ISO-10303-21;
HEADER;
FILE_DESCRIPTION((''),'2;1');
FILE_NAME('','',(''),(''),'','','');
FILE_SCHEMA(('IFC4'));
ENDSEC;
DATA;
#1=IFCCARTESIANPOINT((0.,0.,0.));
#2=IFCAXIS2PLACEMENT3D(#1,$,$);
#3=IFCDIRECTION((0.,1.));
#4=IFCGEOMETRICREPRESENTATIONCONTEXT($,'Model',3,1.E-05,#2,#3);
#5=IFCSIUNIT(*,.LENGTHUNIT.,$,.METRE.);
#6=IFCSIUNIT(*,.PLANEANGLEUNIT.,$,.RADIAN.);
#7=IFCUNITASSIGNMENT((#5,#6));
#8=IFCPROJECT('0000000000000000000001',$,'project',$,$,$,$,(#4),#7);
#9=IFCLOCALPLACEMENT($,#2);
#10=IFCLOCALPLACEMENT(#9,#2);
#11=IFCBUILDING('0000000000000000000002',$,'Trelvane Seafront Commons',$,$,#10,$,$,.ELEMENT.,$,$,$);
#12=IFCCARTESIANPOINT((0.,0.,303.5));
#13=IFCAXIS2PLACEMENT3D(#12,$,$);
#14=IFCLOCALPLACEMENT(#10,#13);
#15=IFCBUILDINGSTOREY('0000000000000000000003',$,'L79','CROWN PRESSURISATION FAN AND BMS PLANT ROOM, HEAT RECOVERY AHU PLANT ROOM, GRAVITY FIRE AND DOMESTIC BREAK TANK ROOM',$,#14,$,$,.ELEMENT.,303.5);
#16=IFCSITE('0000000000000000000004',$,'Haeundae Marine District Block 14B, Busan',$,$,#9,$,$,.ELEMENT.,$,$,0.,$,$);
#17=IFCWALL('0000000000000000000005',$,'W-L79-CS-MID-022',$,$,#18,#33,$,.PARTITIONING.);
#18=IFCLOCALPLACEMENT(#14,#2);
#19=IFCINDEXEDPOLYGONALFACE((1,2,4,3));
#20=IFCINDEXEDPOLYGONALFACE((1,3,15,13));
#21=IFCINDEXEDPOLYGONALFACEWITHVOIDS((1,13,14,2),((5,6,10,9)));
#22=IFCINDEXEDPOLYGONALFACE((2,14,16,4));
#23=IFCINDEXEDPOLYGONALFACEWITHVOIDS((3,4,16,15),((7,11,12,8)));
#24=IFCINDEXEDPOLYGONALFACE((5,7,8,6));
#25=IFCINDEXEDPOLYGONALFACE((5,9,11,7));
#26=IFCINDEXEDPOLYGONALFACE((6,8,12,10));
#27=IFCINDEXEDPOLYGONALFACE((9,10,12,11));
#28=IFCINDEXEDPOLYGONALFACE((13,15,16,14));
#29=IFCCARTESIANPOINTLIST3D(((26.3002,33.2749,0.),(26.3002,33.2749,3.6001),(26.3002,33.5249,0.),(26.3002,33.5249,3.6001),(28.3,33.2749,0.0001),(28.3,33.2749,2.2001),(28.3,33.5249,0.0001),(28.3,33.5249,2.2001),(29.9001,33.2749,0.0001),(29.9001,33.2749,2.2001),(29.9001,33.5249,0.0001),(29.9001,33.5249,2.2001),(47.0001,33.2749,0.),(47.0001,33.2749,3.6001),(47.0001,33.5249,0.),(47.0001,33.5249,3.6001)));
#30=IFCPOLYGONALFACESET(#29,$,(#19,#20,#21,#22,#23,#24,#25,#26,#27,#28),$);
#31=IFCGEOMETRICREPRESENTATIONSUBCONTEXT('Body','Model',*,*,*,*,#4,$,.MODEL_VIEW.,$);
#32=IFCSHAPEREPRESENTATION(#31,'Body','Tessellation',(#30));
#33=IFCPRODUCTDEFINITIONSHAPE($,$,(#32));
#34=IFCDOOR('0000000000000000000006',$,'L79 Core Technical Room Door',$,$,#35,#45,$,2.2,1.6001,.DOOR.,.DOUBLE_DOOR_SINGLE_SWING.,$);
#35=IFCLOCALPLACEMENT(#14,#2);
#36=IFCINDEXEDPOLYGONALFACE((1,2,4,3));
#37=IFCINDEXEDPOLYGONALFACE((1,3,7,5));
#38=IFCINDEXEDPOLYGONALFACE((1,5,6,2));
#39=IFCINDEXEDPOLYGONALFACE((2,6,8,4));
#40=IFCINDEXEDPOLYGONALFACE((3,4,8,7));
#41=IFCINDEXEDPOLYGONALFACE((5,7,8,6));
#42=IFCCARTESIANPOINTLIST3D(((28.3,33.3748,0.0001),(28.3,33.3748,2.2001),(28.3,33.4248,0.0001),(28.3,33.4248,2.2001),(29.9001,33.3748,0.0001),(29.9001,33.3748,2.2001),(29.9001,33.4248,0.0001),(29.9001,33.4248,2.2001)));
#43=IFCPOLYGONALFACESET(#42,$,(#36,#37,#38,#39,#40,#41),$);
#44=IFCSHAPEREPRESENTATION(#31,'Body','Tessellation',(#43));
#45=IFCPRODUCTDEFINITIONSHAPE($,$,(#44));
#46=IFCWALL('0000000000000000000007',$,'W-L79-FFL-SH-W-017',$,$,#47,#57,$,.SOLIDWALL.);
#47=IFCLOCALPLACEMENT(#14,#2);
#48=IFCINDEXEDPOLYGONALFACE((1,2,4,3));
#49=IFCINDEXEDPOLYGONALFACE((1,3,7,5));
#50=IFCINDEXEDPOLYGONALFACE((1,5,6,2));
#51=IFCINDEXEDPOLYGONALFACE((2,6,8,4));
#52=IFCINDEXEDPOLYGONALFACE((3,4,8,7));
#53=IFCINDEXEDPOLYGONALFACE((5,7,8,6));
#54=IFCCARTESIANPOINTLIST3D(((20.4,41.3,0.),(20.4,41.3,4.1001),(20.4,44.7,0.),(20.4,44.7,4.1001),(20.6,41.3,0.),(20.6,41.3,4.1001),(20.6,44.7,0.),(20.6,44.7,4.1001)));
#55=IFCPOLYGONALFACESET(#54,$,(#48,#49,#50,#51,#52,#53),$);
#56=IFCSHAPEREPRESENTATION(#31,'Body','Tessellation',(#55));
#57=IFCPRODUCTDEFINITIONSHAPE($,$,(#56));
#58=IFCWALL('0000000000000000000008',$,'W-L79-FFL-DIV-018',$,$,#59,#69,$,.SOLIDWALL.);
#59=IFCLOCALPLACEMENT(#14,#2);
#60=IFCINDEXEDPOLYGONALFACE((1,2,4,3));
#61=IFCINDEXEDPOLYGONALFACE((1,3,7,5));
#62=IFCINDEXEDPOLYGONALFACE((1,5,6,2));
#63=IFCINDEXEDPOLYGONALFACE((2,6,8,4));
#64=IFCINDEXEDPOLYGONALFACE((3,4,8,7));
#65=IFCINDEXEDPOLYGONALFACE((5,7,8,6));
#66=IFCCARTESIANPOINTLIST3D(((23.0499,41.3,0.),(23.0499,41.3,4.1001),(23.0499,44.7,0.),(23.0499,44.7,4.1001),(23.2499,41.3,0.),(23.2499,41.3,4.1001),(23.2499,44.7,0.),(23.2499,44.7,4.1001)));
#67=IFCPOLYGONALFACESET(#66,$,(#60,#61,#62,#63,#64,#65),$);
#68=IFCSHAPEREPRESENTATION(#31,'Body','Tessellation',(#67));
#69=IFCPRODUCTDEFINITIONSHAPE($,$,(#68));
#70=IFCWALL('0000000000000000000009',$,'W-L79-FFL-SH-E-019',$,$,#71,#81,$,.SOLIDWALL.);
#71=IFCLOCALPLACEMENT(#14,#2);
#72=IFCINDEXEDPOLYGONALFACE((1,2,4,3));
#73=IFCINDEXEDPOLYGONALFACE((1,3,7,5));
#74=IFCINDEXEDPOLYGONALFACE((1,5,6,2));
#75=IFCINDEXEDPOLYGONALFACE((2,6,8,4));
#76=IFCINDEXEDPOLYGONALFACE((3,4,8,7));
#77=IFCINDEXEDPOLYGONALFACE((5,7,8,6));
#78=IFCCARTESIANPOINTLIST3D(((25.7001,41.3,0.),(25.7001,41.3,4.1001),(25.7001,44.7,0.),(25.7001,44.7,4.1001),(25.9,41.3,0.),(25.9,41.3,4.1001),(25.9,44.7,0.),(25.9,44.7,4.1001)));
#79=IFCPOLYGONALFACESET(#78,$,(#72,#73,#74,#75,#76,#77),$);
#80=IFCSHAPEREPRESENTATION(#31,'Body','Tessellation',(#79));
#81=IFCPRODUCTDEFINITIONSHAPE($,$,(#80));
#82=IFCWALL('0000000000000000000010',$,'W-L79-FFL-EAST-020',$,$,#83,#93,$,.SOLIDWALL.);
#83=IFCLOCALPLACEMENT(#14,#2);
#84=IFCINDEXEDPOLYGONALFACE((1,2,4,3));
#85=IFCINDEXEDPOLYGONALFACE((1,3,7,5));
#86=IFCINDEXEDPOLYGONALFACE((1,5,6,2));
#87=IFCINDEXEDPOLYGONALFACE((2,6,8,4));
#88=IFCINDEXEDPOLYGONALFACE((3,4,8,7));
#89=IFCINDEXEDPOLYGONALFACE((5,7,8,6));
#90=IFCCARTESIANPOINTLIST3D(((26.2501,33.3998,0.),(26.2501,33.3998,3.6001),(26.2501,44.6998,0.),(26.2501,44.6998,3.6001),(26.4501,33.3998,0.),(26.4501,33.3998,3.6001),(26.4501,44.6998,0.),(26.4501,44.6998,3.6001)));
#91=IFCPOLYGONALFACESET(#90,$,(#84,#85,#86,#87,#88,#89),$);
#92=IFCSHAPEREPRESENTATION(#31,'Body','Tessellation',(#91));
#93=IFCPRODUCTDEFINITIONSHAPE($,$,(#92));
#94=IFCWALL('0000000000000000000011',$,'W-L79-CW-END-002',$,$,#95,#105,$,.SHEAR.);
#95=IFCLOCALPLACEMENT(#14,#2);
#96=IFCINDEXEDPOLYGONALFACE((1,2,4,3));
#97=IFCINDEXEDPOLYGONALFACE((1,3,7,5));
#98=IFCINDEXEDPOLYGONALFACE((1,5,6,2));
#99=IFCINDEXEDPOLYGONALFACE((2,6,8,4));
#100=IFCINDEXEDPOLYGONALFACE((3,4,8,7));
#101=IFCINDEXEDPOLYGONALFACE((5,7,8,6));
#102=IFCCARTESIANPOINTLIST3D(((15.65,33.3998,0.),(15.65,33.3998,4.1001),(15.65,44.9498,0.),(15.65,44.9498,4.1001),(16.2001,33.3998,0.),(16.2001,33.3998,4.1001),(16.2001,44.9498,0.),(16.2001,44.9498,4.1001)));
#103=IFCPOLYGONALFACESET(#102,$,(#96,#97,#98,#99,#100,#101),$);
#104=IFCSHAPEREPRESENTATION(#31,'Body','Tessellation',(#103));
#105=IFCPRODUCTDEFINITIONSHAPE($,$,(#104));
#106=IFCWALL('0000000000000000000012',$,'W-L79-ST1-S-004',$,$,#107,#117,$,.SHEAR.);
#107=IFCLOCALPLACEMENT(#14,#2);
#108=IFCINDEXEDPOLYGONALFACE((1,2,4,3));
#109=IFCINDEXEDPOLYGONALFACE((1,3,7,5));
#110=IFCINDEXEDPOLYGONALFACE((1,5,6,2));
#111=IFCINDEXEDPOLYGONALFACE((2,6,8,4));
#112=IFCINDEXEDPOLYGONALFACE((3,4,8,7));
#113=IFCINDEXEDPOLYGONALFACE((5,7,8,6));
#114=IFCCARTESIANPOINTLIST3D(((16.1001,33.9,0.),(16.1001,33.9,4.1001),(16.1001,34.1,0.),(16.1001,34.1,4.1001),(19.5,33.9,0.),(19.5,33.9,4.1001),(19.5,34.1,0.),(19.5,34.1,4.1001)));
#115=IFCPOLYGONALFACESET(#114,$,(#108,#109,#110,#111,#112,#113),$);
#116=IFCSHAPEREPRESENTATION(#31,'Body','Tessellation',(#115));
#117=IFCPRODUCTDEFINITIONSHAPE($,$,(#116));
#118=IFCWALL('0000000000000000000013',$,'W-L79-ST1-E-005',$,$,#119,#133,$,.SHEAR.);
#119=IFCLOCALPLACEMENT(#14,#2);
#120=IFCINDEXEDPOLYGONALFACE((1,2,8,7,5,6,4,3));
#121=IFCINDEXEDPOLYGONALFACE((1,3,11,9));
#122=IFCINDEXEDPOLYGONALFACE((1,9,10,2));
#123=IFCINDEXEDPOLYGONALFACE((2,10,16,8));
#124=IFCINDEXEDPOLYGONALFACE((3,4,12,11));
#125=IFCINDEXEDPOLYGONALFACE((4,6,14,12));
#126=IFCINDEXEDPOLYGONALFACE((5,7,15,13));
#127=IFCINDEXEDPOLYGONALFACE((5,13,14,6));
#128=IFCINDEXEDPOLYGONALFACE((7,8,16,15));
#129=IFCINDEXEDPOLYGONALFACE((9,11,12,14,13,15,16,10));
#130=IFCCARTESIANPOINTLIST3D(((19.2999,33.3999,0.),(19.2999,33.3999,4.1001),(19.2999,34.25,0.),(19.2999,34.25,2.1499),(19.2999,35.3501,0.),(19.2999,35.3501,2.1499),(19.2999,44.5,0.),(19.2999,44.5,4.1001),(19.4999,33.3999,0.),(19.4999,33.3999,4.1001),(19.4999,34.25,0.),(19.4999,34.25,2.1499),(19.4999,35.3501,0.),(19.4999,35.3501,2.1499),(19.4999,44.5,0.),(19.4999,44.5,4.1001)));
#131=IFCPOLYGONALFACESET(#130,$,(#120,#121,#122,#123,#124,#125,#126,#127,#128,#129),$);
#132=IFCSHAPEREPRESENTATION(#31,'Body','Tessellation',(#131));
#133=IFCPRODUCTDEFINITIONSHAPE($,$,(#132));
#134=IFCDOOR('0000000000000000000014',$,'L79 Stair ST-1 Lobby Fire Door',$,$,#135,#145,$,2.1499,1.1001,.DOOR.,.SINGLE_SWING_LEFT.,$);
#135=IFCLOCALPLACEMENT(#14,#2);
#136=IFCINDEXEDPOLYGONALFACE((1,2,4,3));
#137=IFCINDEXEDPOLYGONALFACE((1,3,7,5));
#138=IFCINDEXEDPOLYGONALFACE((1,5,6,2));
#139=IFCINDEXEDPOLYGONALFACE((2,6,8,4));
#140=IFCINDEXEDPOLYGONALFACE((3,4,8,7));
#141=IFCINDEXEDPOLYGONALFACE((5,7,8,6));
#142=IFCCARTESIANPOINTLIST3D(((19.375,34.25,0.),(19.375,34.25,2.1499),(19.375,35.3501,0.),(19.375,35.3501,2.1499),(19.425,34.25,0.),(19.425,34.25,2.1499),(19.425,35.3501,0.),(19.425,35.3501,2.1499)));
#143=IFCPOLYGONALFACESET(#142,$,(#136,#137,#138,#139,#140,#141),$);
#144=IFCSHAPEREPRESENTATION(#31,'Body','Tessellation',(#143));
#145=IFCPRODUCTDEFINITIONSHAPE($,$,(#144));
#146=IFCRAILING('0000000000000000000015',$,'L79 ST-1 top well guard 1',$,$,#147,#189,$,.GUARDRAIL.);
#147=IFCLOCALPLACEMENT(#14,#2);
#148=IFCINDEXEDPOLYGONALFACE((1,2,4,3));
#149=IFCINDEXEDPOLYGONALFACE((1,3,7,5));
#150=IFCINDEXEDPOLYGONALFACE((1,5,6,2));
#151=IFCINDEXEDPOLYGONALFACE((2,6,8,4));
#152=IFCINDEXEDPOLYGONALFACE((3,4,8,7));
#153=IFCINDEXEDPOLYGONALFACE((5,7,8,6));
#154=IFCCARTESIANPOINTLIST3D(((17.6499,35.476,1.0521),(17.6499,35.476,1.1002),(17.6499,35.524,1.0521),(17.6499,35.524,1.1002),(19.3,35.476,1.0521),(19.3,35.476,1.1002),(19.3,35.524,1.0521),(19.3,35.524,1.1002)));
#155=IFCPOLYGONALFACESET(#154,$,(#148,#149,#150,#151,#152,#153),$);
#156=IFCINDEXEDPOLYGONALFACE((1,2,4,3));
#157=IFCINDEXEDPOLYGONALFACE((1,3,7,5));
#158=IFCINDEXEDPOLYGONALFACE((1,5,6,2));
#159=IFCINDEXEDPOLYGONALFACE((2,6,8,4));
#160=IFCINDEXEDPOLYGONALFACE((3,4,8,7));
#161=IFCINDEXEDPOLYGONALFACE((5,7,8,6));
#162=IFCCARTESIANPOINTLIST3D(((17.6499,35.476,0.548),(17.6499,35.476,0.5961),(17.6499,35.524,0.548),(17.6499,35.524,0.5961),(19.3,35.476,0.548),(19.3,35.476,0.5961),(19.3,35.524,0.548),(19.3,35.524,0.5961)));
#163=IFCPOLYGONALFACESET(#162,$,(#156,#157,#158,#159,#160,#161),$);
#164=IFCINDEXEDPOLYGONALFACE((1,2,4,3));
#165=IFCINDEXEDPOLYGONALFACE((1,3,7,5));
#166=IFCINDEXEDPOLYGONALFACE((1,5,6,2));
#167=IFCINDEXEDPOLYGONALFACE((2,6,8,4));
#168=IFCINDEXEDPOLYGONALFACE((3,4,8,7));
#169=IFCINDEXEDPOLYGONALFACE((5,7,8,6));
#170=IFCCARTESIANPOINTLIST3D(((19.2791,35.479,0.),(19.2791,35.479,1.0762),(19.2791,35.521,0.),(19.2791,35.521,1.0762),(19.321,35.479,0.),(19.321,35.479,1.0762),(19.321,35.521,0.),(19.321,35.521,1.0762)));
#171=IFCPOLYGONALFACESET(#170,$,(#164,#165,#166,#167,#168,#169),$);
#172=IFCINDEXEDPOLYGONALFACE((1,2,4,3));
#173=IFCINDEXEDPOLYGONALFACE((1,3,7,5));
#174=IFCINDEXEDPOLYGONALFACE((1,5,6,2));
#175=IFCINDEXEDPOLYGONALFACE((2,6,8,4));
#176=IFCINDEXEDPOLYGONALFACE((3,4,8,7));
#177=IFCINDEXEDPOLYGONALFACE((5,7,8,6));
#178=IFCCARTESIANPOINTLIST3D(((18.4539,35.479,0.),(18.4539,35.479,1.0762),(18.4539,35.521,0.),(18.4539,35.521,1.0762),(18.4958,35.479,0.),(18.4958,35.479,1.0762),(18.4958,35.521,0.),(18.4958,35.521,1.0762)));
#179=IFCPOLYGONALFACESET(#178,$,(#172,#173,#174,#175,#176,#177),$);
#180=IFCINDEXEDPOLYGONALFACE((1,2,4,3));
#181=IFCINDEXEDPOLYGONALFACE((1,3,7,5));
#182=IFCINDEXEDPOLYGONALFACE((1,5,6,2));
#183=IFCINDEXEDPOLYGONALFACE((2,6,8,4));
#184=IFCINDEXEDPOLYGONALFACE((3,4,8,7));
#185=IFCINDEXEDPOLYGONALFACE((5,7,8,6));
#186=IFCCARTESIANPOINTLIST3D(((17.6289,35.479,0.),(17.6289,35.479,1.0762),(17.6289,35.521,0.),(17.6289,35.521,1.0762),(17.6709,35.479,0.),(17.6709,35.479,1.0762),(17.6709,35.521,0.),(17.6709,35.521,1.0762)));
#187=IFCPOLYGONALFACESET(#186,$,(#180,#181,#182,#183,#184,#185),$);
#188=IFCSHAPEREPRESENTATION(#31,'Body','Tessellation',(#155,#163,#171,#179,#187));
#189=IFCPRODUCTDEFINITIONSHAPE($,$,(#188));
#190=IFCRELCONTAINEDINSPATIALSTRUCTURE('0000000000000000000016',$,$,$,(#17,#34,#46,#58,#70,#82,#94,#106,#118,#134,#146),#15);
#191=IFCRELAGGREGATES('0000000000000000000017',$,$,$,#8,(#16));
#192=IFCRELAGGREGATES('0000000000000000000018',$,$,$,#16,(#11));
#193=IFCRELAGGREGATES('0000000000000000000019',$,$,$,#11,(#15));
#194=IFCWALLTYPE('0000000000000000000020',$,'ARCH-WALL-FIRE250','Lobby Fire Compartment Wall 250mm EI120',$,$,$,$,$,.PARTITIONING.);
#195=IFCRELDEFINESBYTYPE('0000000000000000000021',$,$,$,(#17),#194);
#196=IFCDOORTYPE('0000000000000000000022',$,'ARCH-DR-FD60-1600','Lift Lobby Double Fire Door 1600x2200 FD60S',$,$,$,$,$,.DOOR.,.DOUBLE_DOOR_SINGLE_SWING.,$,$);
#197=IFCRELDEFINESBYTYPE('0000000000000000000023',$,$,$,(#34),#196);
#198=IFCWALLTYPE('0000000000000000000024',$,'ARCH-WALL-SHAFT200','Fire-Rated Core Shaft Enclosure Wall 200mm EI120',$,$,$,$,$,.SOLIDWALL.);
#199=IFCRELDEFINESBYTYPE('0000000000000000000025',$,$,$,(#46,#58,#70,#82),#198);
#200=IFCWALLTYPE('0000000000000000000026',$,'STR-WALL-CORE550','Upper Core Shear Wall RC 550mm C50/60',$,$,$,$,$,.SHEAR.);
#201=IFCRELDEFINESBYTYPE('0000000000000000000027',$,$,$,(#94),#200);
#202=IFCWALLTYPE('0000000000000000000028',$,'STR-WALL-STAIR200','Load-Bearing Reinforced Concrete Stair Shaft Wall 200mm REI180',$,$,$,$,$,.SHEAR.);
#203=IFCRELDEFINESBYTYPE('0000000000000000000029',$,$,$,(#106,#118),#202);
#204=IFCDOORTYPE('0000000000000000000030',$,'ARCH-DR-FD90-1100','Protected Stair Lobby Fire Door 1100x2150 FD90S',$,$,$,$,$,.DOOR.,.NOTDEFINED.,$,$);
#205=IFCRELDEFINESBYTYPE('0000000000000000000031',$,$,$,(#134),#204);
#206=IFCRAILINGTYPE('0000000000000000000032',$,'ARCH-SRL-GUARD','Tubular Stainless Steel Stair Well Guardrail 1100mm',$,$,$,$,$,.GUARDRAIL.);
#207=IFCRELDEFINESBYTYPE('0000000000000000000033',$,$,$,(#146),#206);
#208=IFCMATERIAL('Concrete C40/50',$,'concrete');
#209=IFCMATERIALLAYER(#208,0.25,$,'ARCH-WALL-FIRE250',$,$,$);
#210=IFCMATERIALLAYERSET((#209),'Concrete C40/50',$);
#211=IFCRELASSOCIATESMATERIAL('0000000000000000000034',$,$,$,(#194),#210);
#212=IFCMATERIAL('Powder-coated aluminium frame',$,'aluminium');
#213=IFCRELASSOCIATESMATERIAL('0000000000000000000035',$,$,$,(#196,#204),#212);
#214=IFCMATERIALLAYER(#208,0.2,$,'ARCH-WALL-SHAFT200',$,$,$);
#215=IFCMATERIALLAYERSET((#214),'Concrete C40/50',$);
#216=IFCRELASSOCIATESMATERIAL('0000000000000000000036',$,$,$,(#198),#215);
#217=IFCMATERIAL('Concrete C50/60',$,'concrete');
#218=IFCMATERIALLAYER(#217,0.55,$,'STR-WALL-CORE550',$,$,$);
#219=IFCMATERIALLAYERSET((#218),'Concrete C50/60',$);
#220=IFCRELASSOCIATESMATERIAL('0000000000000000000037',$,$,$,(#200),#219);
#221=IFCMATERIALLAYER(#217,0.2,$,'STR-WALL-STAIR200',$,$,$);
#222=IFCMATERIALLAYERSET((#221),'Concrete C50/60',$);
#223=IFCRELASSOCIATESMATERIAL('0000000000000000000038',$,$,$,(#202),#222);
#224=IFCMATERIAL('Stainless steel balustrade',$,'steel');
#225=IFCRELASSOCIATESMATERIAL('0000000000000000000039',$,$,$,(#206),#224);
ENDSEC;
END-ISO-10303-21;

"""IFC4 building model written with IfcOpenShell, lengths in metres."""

from ifc_helpers import new_model, si_unit, direction, frame, frame_2d, origin, origin_2d, place, context, subcontext, project, spatial, rectangle, extrude, source, transform, mapped, material, layer, layer_set, type_object, element, fill, save


model = new_model("IFC4")

# Units and contexts
model_context = context("Model", 3, precision=1e-05, world=origin(), true_north=direction((0.0, 1.0)))
body_context = subcontext(model_context, "Body", "Model", "MODEL_VIEW")
ifc_project = project(units=[si_unit("LENGTHUNIT", "METRE"), si_unit("PLANEANGLEUNIT", "RADIAN")], contexts=[model_context])

# Site, building, storey
site_placement = place(None, origin())
site = spatial("IfcSite", under=ifc_project, at=site_placement, Name="Haeundae Marine District Block 14B, Busan", CompositionType="ELEMENT", RefElevation=0.0)
building_placement = place(site_placement, origin())
building = spatial("IfcBuilding", under=site, at=building_placement, Name="Trelvane Seafront Commons", CompositionType="ELEMENT")
storey_placement = place(building_placement, frame((0.0, 0.0, 303.5)))
storey = spatial("IfcBuildingStorey", under=building, at=storey_placement, Name="L79", Description="CROWN PRESSURISATION FAN AND BMS PLANT ROOM, HEAT RECOVERY AHU PLANT ROOM, GRAVITY FIRE AND DOMESTIC BREAK TANK ROOM", CompositionType="ELEMENT", Elevation=303.5)

# Wall, opening, door
ifc_material_1 = material(Name="Concrete C40/50", Category="concrete")
ifc_material_2 = material(Name="Powder-coated aluminium frame", Category="aluminium")
ifc_layer_1 = layer(ifc_material_1, 0.25, Name="ARCH-WALL-FIRE250")
ifc_layer_set_1 = layer_set([ifc_layer_1], Name="Concrete C40/50")
wall_type_1 = type_object("IfcWallType", Name="ARCH-WALL-FIRE250", Description="Lobby Fire Compartment Wall 250mm EI120", PredefinedType="PARTITIONING", material=ifc_layer_set_1)
door_type_1 = type_object("IfcDoorType", Name="ARCH-DR-FD60-1600", Description="Lift Lobby Double Fire Door 1600x2200 FD60S", OperationType="DOUBLE_DOOR_SINGLE_SWING", PredefinedType="DOOR", material=ifc_material_2)
shared_shape_1 = source(origin(), body_context, "Body", "SweptSolid", [
    extrude(rectangle(XDim=1.6001, YDim=2.2, at=frame_2d((0.8, 1.1001))), frame((0.0, 0.0249, 0.0), z_axis=(0.0, -1.0, 0.0), x_axis=(1.0, 0.0, 0.0)), (0.0, 0.0, 1.0), 0.05),
])
wall_1_placement = place(storey_placement, frame((26.3, 33.3999, 0.0), z_axis=(0.0, 0.0, 1.0), x_axis=(1.0, 0.0, 0.0)))
wall_1 = element("IfcWall", 1, at=wall_1_placement, inside=storey, type_object=wall_type_1, Name="W-L79-CS-MID-022", PredefinedType="PARTITIONING", context=body_context, shape_type="SweptSolid", body=[
    extrude(rectangle(XDim=20.7, YDim=0.25, at=frame_2d((10.3501, 0.0))), origin(), (0.0, 0.0, 1.0), 3.6001),
])
opening_1_placement = place(wall_1_placement, frame((2.0, 0.0, 0.0)))
opening_1 = element("IfcOpeningElement", 2, at=opening_1_placement, cuts=wall_1, PredefinedType="OPENING", context=body_context, shape_type="SweptSolid", body=[
    extrude(rectangle(XDim=1.6001, YDim=2.2, at=frame_2d((0.8, 1.1001))), frame((0.0, 0.135, 0.0), z_axis=(0.0, -1.0, 0.0), x_axis=(1.0, 0.0, 0.0)), (0.0, 0.0, 1.0), 0.27),
])
door_1_placement = place(opening_1_placement, origin())
door_1 = element("IfcDoor", 3, at=door_1_placement, inside=storey, type_object=door_type_1, Name="L79 Core Technical Room Door", OperationType="DOUBLE_DOOR_SINGLE_SWING", OverallHeight=2.2, OverallWidth=1.6001, PredefinedType="DOOR", context=body_context, shape_type="MappedRepresentation", body=[
    mapped(shared_shape_1, transform((0.0, 0.0, 0.0), x_axis=(1.0, 0.0, 0.0), y_axis=(0.0, 1.0, 0.0), z_axis=(0.0, 0.0, 1.0), scale=1.0)),
])
fill(opening_1, door_1)

# Shared definitions
ifc_layer_2 = layer(ifc_material_1, 0.2, Name="ARCH-WALL-SHAFT200")
ifc_layer_set_2 = layer_set([ifc_layer_2], Name="Concrete C40/50")
wall_type_2 = type_object("IfcWallType", Name="ARCH-WALL-SHAFT200", Description="Fire-Rated Core Shaft Enclosure Wall 200mm EI120", PredefinedType="SOLIDWALL", material=ifc_layer_set_2)
ifc_material_3 = material(Name="Stainless steel balustrade", Category="steel")
shared_shape_2 = source(origin(), body_context, "Body", "SweptSolid", [
    extrude(rectangle(XDim=1.1001, YDim=2.1499, at=frame_2d((0.55, 1.075))), frame((0.0, 0.0249, 0.0), z_axis=(0.0, -1.0, 0.0), x_axis=(1.0, 0.0, 0.0)), (0.0, 0.0, 1.0), 0.05),
])

# Walls
for number, where, z_axis, x_axis, name in (
    (4, (20.5, 41.3, 0.0), (0.0, 0.0, 1.0), (0.0, 1.0, 0.0), "W-L79-FFL-SH-W-017"),
    (5, (23.1499, 41.3, 0.0), (0.0, 0.0, 1.0), (0.0, 1.0, 0.0), "W-L79-FFL-DIV-018"),
    (6, (25.8, 41.3, 0.0), (0.0, 0.0, 1.0), (0.0, 1.0, 0.0), "W-L79-FFL-SH-E-019"),
):
    element("IfcWall", number, at=place(storey_placement, frame(where, z_axis=z_axis, x_axis=x_axis)), inside=storey, type_object=wall_type_2, Name=name, PredefinedType="SOLIDWALL", context=body_context, shape_type="SweptSolid", body=[
        extrude(rectangle(XDim=3.3999, YDim=0.2, at=frame_2d((1.7, 0.0))), origin(), (0.0, 0.0, 1.0), 4.1001),
    ])
wall_2_placement = place(storey_placement, frame((26.3501, 33.3999, 0.0), z_axis=(0.0, 0.0, 1.0), x_axis=(0.0, 1.0, 0.0)))
element("IfcWall", 7, at=wall_2_placement, inside=storey, type_object=wall_type_2, Name="W-L79-FFL-EAST-020", PredefinedType="SOLIDWALL", context=body_context, shape_type="SweptSolid", body=[
    extrude(rectangle(XDim=11.3, YDim=0.2, at=frame_2d((5.6499, 0.0))), origin(), (0.0, 0.0, 1.0), 3.6001),
])
ifc_material_4 = material(Name="Concrete C50/60", Category="concrete")
ifc_layer_3 = layer(ifc_material_4, 0.55, Name="STR-WALL-CORE550")
ifc_layer_set_3 = layer_set([ifc_layer_3], Name="Concrete C50/60")
wall_type_3 = type_object("IfcWallType", Name="STR-WALL-CORE550", Description="Upper Core Shear Wall RC 550mm C50/60", PredefinedType="SHEAR", material=ifc_layer_set_3)
wall_3_placement = place(storey_placement, frame((15.925, 33.3999, 0.0), z_axis=(0.0, 0.0, 1.0), x_axis=(0.0, 1.0, 0.0)))
element("IfcWall", 8, at=wall_3_placement, inside=storey, type_object=wall_type_3, Name="W-L79-CW-END-002", PredefinedType="SHEAR", context=body_context, shape_type="SweptSolid", body=[
    extrude(rectangle(XDim=11.55, YDim=0.55, at=frame_2d((5.7749, 0.0))), origin(), (0.0, 0.0, 1.0), 4.1001),
])
ifc_layer_4 = layer(ifc_material_4, 0.2, Name="STR-WALL-STAIR200")
ifc_layer_set_4 = layer_set([ifc_layer_4], Name="Concrete C50/60")
wall_type_4 = type_object("IfcWallType", Name="STR-WALL-STAIR200", Description="Load-Bearing Reinforced Concrete Stair Shaft Wall 200mm REI180", PredefinedType="SHEAR", material=ifc_layer_set_4)
wall_4_placement = place(storey_placement, frame((16.1001, 34.0, 0.0), z_axis=(0.0, 0.0, 1.0), x_axis=(1.0, 0.0, 0.0)))
element("IfcWall", 9, at=wall_4_placement, inside=storey, type_object=wall_type_4, Name="W-L79-ST1-S-004", PredefinedType="SHEAR", context=body_context, shape_type="SweptSolid", body=[
    extrude(rectangle(XDim=3.3999, YDim=0.2, at=frame_2d((1.7, 0.0))), origin(), (0.0, 0.0, 1.0), 4.1001),
])

# Wall, opening, door
wall_5_placement = place(storey_placement, frame((19.3999, 33.3999, 0.0), z_axis=(0.0, 0.0, 1.0), x_axis=(0.0, 1.0, 0.0)))
wall_5 = element("IfcWall", 10, at=wall_5_placement, inside=storey, type_object=wall_type_4, Name="W-L79-ST1-E-005", PredefinedType="SHEAR", context=body_context, shape_type="SweptSolid", body=[
    extrude(rectangle(XDim=11.1001, YDim=0.2, at=frame_2d((5.55, 0.0))), origin(), (0.0, 0.0, 1.0), 4.1001),
])
opening_2_placement = place(wall_5_placement, frame((0.8501, 0.0, 0.0)))
opening_2 = element("IfcOpeningElement", 11, at=opening_2_placement, cuts=wall_5, PredefinedType="OPENING", context=body_context, shape_type="SweptSolid", body=[
    extrude(rectangle(XDim=1.1001, YDim=2.1499, at=frame_2d((0.55, 1.075))), frame((0.0, 0.1099, 0.0), z_axis=(0.0, -1.0, 0.0), x_axis=(1.0, 0.0, 0.0)), (0.0, 0.0, 1.0), 0.22),
])
door_type_2 = type_object("IfcDoorType", Name="ARCH-DR-FD90-1100", Description="Protected Stair Lobby Fire Door 1100x2150 FD90S", OperationType="NOTDEFINED", PredefinedType="DOOR", material=ifc_material_2)
door_2_placement = place(opening_2_placement, origin())
door_2 = element("IfcDoor", 12, at=door_2_placement, inside=storey, type_object=door_type_2, Name="L79 Stair ST-1 Lobby Fire Door", OperationType="SINGLE_SWING_LEFT", OverallHeight=2.1499, OverallWidth=1.1001, PredefinedType="DOOR", context=body_context, shape_type="MappedRepresentation", body=[
    mapped(shared_shape_2, transform((0.0, 0.0, 0.0), x_axis=(1.0, 0.0, 0.0), y_axis=(0.0, 1.0, 0.0), z_axis=(0.0, 0.0, 1.0), scale=1.0)),
])
fill(opening_2, door_2)

# Railing
railing_type = type_object("IfcRailingType", Name="ARCH-SRL-GUARD", Description="Tubular Stainless Steel Stair Well Guardrail 1100mm", PredefinedType="GUARDRAIL", material=ifc_material_3)
railing_placement = place(storey_placement, frame((19.3, 35.5, 0.0)))
element("IfcRailing", 13, at=railing_placement, inside=storey, type_object=railing_type, Name="L79 ST-1 top well guard 1", PredefinedType="GUARDRAIL", context=body_context, shape_type="SweptSolid", body=[
    extrude(rectangle(XDim=0.0481, YDim=0.0481, at=origin_2d()), frame((0.0, 0.0, 1.0762), z_axis=(-1.0, 0.0, 0.0), x_axis=(0.0, -1.0, 0.0)), (0.0, 0.0, 1.0), 1.6501),
    extrude(rectangle(XDim=0.0481, YDim=0.0481, at=origin_2d()), frame((0.0, 0.0, 0.572), z_axis=(-1.0, 0.0, 0.0), x_axis=(0.0, -1.0, 0.0)), (0.0, 0.0, 1.0), 1.6501),
    extrude(rectangle(XDim=0.042, YDim=0.042, at=origin_2d()), origin(), (0.0, 0.0, 1.0), 1.0762),
    extrude(rectangle(XDim=0.042, YDim=0.042, at=origin_2d()), frame((-0.8252, 0.0, 0.0)), (0.0, 0.0, 1.0), 1.0762),
    extrude(rectangle(XDim=0.042, YDim=0.042, at=origin_2d()), frame((-1.6501, 0.0, 0.0)), (0.0, 0.0, 1.0), 1.0762),
])

save(model, "model.ifc")
